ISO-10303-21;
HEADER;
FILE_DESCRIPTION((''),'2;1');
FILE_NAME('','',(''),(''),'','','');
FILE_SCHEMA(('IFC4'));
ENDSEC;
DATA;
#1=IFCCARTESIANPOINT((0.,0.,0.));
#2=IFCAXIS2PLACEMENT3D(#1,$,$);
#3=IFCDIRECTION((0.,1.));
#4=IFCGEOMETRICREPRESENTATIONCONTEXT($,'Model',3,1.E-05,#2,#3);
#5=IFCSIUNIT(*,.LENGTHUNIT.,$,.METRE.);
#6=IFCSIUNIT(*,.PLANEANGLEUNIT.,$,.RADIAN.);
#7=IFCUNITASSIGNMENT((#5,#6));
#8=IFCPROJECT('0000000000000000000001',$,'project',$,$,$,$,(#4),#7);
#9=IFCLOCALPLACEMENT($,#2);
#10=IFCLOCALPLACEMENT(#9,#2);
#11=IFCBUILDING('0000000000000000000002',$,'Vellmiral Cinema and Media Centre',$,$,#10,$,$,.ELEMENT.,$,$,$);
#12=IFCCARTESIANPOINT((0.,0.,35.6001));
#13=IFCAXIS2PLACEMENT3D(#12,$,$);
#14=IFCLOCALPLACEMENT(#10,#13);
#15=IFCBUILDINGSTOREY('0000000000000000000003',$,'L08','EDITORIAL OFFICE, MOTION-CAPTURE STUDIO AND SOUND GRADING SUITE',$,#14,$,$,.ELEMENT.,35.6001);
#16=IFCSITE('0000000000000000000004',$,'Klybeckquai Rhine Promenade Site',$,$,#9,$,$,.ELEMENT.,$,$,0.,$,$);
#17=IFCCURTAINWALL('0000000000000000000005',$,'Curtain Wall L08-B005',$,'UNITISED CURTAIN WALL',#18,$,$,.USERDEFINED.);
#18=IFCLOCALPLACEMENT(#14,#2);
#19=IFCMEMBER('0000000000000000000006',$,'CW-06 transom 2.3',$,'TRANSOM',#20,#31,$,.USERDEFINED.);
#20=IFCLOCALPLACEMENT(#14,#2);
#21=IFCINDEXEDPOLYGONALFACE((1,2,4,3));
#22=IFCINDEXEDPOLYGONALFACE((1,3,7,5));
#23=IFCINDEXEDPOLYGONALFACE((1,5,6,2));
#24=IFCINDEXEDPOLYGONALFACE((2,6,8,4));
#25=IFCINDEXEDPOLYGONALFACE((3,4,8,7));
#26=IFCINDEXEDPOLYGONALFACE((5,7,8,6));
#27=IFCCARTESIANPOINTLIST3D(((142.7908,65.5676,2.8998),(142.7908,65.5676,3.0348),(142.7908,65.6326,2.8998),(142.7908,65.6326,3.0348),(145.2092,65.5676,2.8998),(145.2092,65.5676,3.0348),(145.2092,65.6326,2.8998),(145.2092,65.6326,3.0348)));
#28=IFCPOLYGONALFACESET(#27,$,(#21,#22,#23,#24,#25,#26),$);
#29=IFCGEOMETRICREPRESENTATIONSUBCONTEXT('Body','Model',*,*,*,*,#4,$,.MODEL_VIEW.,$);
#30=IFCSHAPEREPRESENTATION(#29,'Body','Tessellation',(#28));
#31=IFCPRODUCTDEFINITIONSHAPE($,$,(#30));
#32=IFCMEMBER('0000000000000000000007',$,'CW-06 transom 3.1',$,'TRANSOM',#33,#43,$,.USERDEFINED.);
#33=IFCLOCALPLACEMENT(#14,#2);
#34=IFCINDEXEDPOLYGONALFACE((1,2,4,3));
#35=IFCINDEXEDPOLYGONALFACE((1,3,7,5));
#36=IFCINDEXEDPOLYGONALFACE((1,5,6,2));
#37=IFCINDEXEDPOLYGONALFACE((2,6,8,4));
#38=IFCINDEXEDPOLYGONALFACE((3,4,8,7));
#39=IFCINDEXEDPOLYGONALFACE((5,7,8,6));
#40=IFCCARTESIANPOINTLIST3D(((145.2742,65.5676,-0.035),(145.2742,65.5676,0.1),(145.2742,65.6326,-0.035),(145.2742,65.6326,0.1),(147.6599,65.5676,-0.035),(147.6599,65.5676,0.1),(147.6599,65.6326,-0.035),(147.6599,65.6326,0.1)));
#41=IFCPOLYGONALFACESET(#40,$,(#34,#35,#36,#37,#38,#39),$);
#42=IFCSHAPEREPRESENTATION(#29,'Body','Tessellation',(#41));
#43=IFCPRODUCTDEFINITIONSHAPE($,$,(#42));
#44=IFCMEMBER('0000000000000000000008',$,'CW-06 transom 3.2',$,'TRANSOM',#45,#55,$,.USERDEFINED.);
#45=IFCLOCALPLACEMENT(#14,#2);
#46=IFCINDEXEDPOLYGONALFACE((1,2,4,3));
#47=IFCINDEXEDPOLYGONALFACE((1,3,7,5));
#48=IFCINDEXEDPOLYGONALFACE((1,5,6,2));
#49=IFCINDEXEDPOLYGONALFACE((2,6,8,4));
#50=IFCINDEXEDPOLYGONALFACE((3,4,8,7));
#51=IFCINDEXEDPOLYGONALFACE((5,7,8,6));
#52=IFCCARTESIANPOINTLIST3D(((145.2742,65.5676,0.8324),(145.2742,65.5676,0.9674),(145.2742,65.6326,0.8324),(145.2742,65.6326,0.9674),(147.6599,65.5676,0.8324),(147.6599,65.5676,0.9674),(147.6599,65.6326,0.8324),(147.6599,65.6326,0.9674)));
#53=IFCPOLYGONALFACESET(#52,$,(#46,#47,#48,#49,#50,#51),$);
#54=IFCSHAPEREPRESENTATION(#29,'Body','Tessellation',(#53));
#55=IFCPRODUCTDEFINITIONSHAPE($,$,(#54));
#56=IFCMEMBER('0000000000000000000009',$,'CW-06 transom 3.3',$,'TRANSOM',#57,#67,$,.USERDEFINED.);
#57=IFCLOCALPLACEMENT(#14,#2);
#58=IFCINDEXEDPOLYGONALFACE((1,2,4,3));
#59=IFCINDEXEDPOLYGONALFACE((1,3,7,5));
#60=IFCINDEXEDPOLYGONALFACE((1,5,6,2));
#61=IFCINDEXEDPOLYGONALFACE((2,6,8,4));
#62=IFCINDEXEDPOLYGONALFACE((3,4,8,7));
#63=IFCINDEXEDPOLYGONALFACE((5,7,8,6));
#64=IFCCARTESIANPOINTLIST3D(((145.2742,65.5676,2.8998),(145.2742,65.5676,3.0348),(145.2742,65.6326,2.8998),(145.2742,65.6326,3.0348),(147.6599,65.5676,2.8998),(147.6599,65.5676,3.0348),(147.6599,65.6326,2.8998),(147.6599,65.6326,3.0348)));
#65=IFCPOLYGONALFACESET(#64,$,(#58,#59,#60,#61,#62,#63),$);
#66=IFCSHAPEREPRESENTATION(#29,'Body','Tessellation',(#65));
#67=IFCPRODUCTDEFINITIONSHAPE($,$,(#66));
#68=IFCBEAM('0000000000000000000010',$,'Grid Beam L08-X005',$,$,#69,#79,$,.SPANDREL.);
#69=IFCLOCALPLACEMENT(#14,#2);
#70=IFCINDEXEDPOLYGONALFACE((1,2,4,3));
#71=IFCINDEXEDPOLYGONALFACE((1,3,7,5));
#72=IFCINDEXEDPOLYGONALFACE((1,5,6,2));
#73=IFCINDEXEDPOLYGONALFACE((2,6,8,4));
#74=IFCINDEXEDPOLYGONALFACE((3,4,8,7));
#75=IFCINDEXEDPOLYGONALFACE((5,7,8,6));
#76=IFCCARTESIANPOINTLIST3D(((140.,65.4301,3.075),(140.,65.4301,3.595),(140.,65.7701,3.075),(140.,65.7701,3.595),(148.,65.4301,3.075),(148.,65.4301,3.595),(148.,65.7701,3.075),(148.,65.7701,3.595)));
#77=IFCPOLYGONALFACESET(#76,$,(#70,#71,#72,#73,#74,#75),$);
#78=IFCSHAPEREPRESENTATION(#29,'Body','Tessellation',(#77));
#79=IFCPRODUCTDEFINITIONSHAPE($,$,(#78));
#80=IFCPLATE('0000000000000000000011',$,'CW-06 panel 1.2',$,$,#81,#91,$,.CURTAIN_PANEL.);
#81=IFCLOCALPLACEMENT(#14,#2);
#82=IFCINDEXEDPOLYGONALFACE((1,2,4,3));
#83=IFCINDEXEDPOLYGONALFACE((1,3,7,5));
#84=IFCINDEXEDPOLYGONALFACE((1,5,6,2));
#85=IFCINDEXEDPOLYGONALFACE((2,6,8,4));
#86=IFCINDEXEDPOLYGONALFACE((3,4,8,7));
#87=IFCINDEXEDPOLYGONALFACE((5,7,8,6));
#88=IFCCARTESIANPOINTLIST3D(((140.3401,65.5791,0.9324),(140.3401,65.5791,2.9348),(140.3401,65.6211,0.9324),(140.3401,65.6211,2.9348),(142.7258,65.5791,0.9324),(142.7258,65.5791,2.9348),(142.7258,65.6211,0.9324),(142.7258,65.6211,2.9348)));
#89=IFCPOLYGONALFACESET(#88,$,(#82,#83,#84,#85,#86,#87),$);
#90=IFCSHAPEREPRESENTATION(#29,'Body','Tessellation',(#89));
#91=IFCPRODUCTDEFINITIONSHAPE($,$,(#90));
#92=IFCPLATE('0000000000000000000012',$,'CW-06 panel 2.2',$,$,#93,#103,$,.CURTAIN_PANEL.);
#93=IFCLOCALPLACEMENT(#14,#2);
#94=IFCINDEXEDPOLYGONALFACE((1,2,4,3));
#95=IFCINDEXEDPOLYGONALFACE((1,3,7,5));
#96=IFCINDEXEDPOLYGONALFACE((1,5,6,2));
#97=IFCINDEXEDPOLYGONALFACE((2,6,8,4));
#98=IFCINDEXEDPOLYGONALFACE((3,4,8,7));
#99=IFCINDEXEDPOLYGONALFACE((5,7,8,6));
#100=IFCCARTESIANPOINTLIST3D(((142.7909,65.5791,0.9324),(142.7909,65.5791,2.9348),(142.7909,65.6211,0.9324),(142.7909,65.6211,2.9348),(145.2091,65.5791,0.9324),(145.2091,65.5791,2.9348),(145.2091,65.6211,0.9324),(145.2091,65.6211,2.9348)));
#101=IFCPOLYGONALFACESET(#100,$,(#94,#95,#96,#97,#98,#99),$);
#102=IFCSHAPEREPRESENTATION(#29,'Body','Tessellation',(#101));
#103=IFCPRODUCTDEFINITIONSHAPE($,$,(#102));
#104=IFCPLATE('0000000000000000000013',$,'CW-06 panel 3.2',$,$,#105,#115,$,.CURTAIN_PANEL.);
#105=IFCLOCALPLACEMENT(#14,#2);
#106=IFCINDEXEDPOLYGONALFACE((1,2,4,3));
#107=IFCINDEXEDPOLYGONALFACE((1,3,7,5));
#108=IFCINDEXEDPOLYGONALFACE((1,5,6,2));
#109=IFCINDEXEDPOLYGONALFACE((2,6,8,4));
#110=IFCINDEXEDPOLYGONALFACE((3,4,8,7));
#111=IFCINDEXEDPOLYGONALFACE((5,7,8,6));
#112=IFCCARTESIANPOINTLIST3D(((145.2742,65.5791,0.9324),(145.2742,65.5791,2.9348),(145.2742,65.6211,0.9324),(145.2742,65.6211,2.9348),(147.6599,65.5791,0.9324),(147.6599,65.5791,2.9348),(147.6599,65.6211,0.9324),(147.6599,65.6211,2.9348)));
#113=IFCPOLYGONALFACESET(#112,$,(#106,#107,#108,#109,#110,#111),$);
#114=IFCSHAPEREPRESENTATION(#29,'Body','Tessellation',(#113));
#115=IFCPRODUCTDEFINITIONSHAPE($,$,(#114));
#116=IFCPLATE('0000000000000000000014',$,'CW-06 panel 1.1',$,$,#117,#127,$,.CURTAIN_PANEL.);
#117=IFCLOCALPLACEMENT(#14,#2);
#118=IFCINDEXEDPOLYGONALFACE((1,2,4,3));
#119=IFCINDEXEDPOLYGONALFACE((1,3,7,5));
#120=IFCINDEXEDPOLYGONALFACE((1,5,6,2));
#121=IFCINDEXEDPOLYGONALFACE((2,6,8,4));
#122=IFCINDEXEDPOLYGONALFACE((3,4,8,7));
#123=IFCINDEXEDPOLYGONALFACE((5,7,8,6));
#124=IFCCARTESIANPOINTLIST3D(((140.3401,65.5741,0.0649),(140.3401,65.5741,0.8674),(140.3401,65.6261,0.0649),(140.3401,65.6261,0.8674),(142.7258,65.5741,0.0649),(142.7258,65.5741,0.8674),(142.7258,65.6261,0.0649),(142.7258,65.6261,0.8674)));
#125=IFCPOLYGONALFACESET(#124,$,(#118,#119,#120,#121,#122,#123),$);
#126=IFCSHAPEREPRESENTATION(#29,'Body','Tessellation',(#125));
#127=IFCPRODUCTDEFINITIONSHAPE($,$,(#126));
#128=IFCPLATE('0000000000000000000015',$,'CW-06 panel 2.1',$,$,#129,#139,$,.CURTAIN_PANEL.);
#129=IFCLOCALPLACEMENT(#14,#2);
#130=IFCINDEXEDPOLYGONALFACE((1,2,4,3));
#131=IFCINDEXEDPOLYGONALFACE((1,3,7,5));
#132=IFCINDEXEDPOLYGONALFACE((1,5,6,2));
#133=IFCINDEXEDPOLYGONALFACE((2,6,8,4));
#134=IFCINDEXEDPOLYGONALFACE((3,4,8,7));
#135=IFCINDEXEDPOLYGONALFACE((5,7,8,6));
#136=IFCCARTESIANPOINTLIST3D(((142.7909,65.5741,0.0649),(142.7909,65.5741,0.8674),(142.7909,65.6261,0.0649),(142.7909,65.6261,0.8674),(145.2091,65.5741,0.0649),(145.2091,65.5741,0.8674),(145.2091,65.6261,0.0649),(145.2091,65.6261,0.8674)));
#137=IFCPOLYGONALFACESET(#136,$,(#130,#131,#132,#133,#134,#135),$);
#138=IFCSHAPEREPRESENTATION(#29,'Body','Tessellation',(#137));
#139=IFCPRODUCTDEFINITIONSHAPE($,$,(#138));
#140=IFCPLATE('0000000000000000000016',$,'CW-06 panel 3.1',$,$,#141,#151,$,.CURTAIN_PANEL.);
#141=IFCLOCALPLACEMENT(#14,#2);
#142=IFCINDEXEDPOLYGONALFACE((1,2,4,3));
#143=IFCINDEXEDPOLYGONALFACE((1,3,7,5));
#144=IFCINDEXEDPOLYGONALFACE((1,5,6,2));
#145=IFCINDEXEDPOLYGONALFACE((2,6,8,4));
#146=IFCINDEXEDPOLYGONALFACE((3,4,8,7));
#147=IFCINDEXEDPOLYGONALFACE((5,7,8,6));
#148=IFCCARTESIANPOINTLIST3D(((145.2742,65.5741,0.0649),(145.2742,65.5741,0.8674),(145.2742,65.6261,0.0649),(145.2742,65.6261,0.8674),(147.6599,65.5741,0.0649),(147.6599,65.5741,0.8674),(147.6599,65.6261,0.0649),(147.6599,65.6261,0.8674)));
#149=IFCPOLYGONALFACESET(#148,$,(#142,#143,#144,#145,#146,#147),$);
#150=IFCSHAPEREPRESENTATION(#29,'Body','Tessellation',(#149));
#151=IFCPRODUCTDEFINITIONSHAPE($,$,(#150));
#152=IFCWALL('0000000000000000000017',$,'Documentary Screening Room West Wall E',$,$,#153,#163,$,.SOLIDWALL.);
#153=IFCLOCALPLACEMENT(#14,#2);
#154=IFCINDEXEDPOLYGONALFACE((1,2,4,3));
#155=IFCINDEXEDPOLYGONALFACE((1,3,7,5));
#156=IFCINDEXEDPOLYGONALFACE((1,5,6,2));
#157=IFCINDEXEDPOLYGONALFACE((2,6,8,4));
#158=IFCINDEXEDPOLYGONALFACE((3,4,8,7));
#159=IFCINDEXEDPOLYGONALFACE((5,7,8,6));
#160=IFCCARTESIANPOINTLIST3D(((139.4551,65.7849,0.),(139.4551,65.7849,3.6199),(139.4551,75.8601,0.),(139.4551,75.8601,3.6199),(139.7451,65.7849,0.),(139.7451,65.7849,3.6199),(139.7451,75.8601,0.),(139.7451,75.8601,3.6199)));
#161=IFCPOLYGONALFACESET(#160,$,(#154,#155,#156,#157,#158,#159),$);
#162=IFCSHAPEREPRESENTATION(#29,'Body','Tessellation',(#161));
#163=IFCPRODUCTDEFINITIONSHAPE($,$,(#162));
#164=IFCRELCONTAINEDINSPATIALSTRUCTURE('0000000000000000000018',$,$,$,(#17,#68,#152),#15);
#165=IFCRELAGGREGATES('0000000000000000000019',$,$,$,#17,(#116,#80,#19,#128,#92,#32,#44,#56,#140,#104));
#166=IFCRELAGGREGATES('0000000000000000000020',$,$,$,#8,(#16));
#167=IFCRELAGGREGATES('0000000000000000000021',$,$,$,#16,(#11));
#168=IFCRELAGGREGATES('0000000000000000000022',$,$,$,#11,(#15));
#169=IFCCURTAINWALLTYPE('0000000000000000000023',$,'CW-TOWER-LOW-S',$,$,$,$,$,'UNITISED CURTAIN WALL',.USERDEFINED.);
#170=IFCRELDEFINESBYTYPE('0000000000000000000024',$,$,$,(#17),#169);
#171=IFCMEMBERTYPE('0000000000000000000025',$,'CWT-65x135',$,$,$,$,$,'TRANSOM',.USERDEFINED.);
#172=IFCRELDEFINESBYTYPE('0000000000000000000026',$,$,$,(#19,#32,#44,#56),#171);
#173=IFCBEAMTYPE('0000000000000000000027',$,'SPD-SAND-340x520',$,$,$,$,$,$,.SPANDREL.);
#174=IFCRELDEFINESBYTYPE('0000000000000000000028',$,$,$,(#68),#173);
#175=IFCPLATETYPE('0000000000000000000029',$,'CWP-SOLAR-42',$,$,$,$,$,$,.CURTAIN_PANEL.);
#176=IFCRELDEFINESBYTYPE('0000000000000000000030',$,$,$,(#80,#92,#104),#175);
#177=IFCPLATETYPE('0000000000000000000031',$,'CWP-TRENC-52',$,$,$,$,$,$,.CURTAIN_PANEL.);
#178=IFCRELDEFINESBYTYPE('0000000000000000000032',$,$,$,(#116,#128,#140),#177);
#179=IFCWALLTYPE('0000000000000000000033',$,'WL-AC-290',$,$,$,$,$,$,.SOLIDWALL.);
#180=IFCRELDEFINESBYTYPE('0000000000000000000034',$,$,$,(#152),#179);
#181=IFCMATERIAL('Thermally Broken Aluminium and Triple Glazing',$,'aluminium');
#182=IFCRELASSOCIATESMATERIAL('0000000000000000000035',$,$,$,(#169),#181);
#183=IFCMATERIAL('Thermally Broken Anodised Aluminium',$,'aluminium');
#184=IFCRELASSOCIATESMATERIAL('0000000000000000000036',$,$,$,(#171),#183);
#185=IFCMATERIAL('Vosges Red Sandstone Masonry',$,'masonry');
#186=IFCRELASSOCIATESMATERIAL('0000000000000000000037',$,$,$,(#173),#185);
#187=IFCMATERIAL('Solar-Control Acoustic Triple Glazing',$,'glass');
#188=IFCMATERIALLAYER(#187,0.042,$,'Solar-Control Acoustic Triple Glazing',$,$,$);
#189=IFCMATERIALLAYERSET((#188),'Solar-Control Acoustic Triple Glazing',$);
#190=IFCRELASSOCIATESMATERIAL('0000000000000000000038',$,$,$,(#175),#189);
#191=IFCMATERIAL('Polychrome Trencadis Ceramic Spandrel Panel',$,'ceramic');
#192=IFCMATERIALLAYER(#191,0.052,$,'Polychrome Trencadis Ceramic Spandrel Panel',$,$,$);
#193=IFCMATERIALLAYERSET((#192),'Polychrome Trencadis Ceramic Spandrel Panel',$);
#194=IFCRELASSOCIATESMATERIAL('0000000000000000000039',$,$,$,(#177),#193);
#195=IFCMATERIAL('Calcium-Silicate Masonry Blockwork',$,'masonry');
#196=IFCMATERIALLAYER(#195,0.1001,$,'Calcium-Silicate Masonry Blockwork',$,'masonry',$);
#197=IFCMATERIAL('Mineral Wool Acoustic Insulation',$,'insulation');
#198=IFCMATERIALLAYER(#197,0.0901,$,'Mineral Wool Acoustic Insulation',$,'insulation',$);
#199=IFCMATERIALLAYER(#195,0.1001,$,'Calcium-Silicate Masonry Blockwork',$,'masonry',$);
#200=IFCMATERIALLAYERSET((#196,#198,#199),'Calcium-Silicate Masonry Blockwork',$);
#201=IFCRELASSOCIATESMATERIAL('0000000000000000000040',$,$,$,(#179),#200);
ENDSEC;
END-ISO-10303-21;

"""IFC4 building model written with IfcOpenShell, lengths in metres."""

from ifc_helpers import new_model, si_unit, direction, frame, frame_2d, origin, origin_2d, place, context, subcontext, project, spatial, rectangle, extrude, material, layer, layer_set, material_profile, profile_set, type_object, element, aggregate, save


model = new_model("IFC4")

# Units and contexts
model_context = context("Model", 3, precision=1e-05, world=origin(), true_north=direction((0.0, 1.0)))
body_context = subcontext(model_context, "Body", "Model", "MODEL_VIEW")
ifc_project = project(units=[si_unit("LENGTHUNIT", "METRE"), si_unit("PLANEANGLEUNIT", "RADIAN")], contexts=[model_context])

# Site, building, storey
site_placement = place(None, origin())
site = spatial("IfcSite", under=ifc_project, at=site_placement, Name="Klybeckquai Rhine Promenade Site", CompositionType="ELEMENT", RefElevation=0.0)
building_placement = place(site_placement, origin())
building = spatial("IfcBuilding", under=site, at=building_placement, Name="Vellmiral Cinema and Media Centre", CompositionType="ELEMENT")
storey_placement = place(building_placement, frame((0.0, 0.0, 35.6001)))
storey = spatial("IfcBuildingStorey", under=building, at=storey_placement, Name="L08", Description="EDITORIAL OFFICE, MOTION-CAPTURE STUDIO AND SOUND GRADING SUITE", CompositionType="ELEMENT", Elevation=35.6001)

# Curtain wall, members
ifc_material_1 = material(Name="Thermally Broken Aluminium and Triple Glazing", Category="aluminium")
curtain_wall_type = type_object("IfcCurtainWallType", Name="CW-TOWER-LOW-S", ElementType="UNITISED CURTAIN WALL", PredefinedType="USERDEFINED", material=ifc_material_1)
curtain_wall_placement = place(storey_placement, origin())
curtain_wall = element("IfcCurtainWall", 1, at=curtain_wall_placement, inside=storey, type_object=curtain_wall_type, Name="Curtain Wall L08-B005", ObjectType="UNITISED CURTAIN WALL", PredefinedType="USERDEFINED")
ifc_material_2 = material(Name="Thermally Broken Anodised Aluminium", Category="aluminium")
ifc_material_profile_1 = material_profile(ifc_material_2, rectangle(XDim=0.0649, YDim=0.135, at=origin_2d()), Name="MULL 65x135")
ifc_profile_set_1 = profile_set([ifc_material_profile_1], Name="Thermally Broken Anodised Aluminium")
member_type_1 = type_object("IfcMemberType", Name="CWT-65x135", ElementType="TRANSOM", PredefinedType="USERDEFINED", material=ifc_profile_set_1)
member_1_placement = place(storey_placement, frame((142.7908, 65.6001, 2.9673), z_axis=(1.0, 0.0, 0.0), x_axis=(0.0, 1.0, 0.0)))
member_1 = element("IfcMember", 2, at=member_1_placement, type_object=member_type_1, Name="CW-06 transom 2.3", ObjectType="TRANSOM", PredefinedType="USERDEFINED", context=body_context, shape_type="SweptSolid", body=[
    extrude(rectangle(XDim=0.0649, YDim=0.135, at=origin_2d()), origin(), (0.0, 0.0, 1.0), 2.4185),
])
member_2_placement = place(storey_placement, frame((145.2742, 65.6001, 0.0325), z_axis=(1.0, 0.0, 0.0), x_axis=(0.0, 1.0, 0.0)))
member_2 = element("IfcMember", 3, at=member_2_placement, type_object=member_type_1, Name="CW-06 transom 3.1", ObjectType="TRANSOM", PredefinedType="USERDEFINED", context=body_context, shape_type="SweptSolid", body=[
    extrude(rectangle(XDim=0.0649, YDim=0.135, at=origin_2d()), origin(), (0.0, 0.0, 1.0), 2.3857),
])
member_3_placement = place(storey_placement, frame((145.2742, 65.6001, 0.8999), z_axis=(1.0, 0.0, 0.0), x_axis=(0.0, 1.0, 0.0)))
member_3 = element("IfcMember", 4, at=member_3_placement, type_object=member_type_1, Name="CW-06 transom 3.2", ObjectType="TRANSOM", PredefinedType="USERDEFINED", context=body_context, shape_type="SweptSolid", body=[
    extrude(rectangle(XDim=0.0649, YDim=0.135, at=origin_2d()), origin(), (0.0, 0.0, 1.0), 2.3857),
])
member_4_placement = place(storey_placement, frame((145.2742, 65.6001, 2.9673), z_axis=(1.0, 0.0, 0.0), x_axis=(0.0, 1.0, 0.0)))
member_4 = element("IfcMember", 5, at=member_4_placement, type_object=member_type_1, Name="CW-06 transom 3.3", ObjectType="TRANSOM", PredefinedType="USERDEFINED", context=body_context, shape_type="SweptSolid", body=[
    extrude(rectangle(XDim=0.0649, YDim=0.135, at=origin_2d()), origin(), (0.0, 0.0, 1.0), 2.3857),
])

# Beam
ifc_material_3 = material(Name="Vosges Red Sandstone Masonry", Category="masonry")
ifc_material_profile_2 = material_profile(ifc_material_3, rectangle(XDim=0.3401, YDim=0.52, at=origin_2d()), Name="SAND 340x520")
ifc_profile_set_2 = profile_set([ifc_material_profile_2], Name="Vosges Red Sandstone Masonry")
beam_type_1 = type_object("IfcBeamType", Name="SPD-SAND-340x520", PredefinedType="SPANDREL", material=ifc_profile_set_2)
beam_1_placement = place(storey_placement, frame((140.0, 65.6001, 3.335), z_axis=(1.0, 0.0, 0.0), x_axis=(0.0, 1.0, 0.0)))
element("IfcBeam", 6, at=beam_1_placement, inside=storey, type_object=beam_type_1, Name="Grid Beam L08-X005", PredefinedType="SPANDREL", context=body_context, shape_type="SweptSolid", body=[
    extrude(rectangle(XDim=0.3401, YDim=0.52, at=origin_2d()), origin(), (0.0, 0.0, 1.0), 8.0),
])

# Plates
ifc_material_4 = material(Name="Solar-Control Acoustic Triple Glazing", Category="glass")
ifc_layer_1 = layer(ifc_material_4, 0.042, Name="Solar-Control Acoustic Triple Glazing")
ifc_layer_set_1 = layer_set([ifc_layer_1], Name="Solar-Control Acoustic Triple Glazing")
plate_type_1 = type_object("IfcPlateType", Name="CWP-SOLAR-42", PredefinedType="CURTAIN_PANEL", material=ifc_layer_set_1)
plate_1_placement = place(storey_placement, frame((141.533, 65.6001, 0.9324), z_axis=(0.0, 0.0, 1.0), x_axis=(1.0, 0.0, 0.0)))
plate_1 = element("IfcPlate", 7, at=plate_1_placement, type_object=plate_type_1, Name="CW-06 panel 1.2", PredefinedType="CURTAIN_PANEL", context=body_context, shape_type="SweptSolid", body=[
    extrude(rectangle(XDim=2.3857, YDim=0.042, at=origin_2d()), origin(), (0.0, 0.0, 1.0), 2.0024),
])
plate_2_placement = place(storey_placement, frame((144.0, 65.6001, 0.9324), z_axis=(0.0, 0.0, 1.0), x_axis=(1.0, 0.0, 0.0)))
plate_2 = element("IfcPlate", 8, at=plate_2_placement, type_object=plate_type_1, Name="CW-06 panel 2.2", PredefinedType="CURTAIN_PANEL", context=body_context, shape_type="SweptSolid", body=[
    extrude(rectangle(XDim=2.4182, YDim=0.042, at=origin_2d()), origin(), (0.0, 0.0, 1.0), 2.0024),
])
plate_3_placement = place(storey_placement, frame((146.467, 65.6001, 0.9324), z_axis=(0.0, 0.0, 1.0), x_axis=(1.0, 0.0, 0.0)))
plate_3 = element("IfcPlate", 9, at=plate_3_placement, type_object=plate_type_1, Name="CW-06 panel 3.2", PredefinedType="CURTAIN_PANEL", context=body_context, shape_type="SweptSolid", body=[
    extrude(rectangle(XDim=2.3857, YDim=0.042, at=origin_2d()), origin(), (0.0, 0.0, 1.0), 2.0024),
])
ifc_material_5 = material(Name="Polychrome Trencadis Ceramic Spandrel Panel", Category="ceramic")
ifc_layer_2 = layer(ifc_material_5, 0.052, Name="Polychrome Trencadis Ceramic Spandrel Panel")
ifc_layer_set_2 = layer_set([ifc_layer_2], Name="Polychrome Trencadis Ceramic Spandrel Panel")
plate_type_2 = type_object("IfcPlateType", Name="CWP-TRENC-52", PredefinedType="CURTAIN_PANEL", material=ifc_layer_set_2)
plate_4_placement = place(storey_placement, frame((141.533, 65.6001, 0.0649), z_axis=(0.0, 0.0, 1.0), x_axis=(1.0, 0.0, 0.0)))
plate_4 = element("IfcPlate", 10, at=plate_4_placement, type_object=plate_type_2, Name="CW-06 panel 1.1", PredefinedType="CURTAIN_PANEL", context=body_context, shape_type="SweptSolid", body=[
    extrude(rectangle(XDim=2.3857, YDim=0.052, at=origin_2d()), origin(), (0.0, 0.0, 1.0), 0.8025),
])
plate_5_placement = place(storey_placement, frame((144.0, 65.6001, 0.0649), z_axis=(0.0, 0.0, 1.0), x_axis=(1.0, 0.0, 0.0)))
plate_5 = element("IfcPlate", 11, at=plate_5_placement, type_object=plate_type_2, Name="CW-06 panel 2.1", PredefinedType="CURTAIN_PANEL", context=body_context, shape_type="SweptSolid", body=[
    extrude(rectangle(XDim=2.4182, YDim=0.052, at=origin_2d()), origin(), (0.0, 0.0, 1.0), 0.8025),
])
plate_6_placement = place(storey_placement, frame((146.467, 65.6001, 0.0649), z_axis=(0.0, 0.0, 1.0), x_axis=(1.0, 0.0, 0.0)))
plate_6 = element("IfcPlate", 12, at=plate_6_placement, type_object=plate_type_2, Name="CW-06 panel 3.1", PredefinedType="CURTAIN_PANEL", context=body_context, shape_type="SweptSolid", body=[
    extrude(rectangle(XDim=2.3857, YDim=0.052, at=origin_2d()), origin(), (0.0, 0.0, 1.0), 0.8025),
])
aggregate(curtain_wall, [plate_4, plate_1, member_1, plate_5, plate_2, member_2, member_3, member_4, plate_6, plate_3])

# Wall
ifc_material_6 = material(Name="Calcium-Silicate Masonry Blockwork", Category="masonry")
ifc_layer_3 = layer(ifc_material_6, 0.1001, Name="Calcium-Silicate Masonry Blockwork", Category="masonry")
ifc_material_7 = material(Name="Mineral Wool Acoustic Insulation", Category="insulation")
ifc_layer_4 = layer(ifc_material_7, 0.0901, Name="Mineral Wool Acoustic Insulation", Category="insulation")
ifc_layer_5 = layer(ifc_material_6, 0.1001, Name="Calcium-Silicate Masonry Blockwork", Category="masonry")
ifc_layer_set_3 = layer_set([ifc_layer_3, ifc_layer_4, ifc_layer_5], Name="Calcium-Silicate Masonry Blockwork")
wall_type_1 = type_object("IfcWallType", Name="WL-AC-290", PredefinedType="SOLIDWALL", material=ifc_layer_set_3)
wall_1_placement = place(storey_placement, frame((139.6001, 65.7849, 0.0), z_axis=(0.0, 0.0, 1.0), x_axis=(0.0, 1.0, 0.0)))
element("IfcWall", 13, at=wall_1_placement, inside=storey, type_object=wall_type_1, Name="Documentary Screening Room West Wall E", PredefinedType="SOLIDWALL", context=body_context, shape_type="SweptSolid", body=[
    extrude(rectangle(XDim=10.0752, YDim=0.29, at=frame_2d((5.0376, 0.0))), origin(), (0.0, 0.0, 1.0), 3.6199),
])

save(model, "model.ifc")
